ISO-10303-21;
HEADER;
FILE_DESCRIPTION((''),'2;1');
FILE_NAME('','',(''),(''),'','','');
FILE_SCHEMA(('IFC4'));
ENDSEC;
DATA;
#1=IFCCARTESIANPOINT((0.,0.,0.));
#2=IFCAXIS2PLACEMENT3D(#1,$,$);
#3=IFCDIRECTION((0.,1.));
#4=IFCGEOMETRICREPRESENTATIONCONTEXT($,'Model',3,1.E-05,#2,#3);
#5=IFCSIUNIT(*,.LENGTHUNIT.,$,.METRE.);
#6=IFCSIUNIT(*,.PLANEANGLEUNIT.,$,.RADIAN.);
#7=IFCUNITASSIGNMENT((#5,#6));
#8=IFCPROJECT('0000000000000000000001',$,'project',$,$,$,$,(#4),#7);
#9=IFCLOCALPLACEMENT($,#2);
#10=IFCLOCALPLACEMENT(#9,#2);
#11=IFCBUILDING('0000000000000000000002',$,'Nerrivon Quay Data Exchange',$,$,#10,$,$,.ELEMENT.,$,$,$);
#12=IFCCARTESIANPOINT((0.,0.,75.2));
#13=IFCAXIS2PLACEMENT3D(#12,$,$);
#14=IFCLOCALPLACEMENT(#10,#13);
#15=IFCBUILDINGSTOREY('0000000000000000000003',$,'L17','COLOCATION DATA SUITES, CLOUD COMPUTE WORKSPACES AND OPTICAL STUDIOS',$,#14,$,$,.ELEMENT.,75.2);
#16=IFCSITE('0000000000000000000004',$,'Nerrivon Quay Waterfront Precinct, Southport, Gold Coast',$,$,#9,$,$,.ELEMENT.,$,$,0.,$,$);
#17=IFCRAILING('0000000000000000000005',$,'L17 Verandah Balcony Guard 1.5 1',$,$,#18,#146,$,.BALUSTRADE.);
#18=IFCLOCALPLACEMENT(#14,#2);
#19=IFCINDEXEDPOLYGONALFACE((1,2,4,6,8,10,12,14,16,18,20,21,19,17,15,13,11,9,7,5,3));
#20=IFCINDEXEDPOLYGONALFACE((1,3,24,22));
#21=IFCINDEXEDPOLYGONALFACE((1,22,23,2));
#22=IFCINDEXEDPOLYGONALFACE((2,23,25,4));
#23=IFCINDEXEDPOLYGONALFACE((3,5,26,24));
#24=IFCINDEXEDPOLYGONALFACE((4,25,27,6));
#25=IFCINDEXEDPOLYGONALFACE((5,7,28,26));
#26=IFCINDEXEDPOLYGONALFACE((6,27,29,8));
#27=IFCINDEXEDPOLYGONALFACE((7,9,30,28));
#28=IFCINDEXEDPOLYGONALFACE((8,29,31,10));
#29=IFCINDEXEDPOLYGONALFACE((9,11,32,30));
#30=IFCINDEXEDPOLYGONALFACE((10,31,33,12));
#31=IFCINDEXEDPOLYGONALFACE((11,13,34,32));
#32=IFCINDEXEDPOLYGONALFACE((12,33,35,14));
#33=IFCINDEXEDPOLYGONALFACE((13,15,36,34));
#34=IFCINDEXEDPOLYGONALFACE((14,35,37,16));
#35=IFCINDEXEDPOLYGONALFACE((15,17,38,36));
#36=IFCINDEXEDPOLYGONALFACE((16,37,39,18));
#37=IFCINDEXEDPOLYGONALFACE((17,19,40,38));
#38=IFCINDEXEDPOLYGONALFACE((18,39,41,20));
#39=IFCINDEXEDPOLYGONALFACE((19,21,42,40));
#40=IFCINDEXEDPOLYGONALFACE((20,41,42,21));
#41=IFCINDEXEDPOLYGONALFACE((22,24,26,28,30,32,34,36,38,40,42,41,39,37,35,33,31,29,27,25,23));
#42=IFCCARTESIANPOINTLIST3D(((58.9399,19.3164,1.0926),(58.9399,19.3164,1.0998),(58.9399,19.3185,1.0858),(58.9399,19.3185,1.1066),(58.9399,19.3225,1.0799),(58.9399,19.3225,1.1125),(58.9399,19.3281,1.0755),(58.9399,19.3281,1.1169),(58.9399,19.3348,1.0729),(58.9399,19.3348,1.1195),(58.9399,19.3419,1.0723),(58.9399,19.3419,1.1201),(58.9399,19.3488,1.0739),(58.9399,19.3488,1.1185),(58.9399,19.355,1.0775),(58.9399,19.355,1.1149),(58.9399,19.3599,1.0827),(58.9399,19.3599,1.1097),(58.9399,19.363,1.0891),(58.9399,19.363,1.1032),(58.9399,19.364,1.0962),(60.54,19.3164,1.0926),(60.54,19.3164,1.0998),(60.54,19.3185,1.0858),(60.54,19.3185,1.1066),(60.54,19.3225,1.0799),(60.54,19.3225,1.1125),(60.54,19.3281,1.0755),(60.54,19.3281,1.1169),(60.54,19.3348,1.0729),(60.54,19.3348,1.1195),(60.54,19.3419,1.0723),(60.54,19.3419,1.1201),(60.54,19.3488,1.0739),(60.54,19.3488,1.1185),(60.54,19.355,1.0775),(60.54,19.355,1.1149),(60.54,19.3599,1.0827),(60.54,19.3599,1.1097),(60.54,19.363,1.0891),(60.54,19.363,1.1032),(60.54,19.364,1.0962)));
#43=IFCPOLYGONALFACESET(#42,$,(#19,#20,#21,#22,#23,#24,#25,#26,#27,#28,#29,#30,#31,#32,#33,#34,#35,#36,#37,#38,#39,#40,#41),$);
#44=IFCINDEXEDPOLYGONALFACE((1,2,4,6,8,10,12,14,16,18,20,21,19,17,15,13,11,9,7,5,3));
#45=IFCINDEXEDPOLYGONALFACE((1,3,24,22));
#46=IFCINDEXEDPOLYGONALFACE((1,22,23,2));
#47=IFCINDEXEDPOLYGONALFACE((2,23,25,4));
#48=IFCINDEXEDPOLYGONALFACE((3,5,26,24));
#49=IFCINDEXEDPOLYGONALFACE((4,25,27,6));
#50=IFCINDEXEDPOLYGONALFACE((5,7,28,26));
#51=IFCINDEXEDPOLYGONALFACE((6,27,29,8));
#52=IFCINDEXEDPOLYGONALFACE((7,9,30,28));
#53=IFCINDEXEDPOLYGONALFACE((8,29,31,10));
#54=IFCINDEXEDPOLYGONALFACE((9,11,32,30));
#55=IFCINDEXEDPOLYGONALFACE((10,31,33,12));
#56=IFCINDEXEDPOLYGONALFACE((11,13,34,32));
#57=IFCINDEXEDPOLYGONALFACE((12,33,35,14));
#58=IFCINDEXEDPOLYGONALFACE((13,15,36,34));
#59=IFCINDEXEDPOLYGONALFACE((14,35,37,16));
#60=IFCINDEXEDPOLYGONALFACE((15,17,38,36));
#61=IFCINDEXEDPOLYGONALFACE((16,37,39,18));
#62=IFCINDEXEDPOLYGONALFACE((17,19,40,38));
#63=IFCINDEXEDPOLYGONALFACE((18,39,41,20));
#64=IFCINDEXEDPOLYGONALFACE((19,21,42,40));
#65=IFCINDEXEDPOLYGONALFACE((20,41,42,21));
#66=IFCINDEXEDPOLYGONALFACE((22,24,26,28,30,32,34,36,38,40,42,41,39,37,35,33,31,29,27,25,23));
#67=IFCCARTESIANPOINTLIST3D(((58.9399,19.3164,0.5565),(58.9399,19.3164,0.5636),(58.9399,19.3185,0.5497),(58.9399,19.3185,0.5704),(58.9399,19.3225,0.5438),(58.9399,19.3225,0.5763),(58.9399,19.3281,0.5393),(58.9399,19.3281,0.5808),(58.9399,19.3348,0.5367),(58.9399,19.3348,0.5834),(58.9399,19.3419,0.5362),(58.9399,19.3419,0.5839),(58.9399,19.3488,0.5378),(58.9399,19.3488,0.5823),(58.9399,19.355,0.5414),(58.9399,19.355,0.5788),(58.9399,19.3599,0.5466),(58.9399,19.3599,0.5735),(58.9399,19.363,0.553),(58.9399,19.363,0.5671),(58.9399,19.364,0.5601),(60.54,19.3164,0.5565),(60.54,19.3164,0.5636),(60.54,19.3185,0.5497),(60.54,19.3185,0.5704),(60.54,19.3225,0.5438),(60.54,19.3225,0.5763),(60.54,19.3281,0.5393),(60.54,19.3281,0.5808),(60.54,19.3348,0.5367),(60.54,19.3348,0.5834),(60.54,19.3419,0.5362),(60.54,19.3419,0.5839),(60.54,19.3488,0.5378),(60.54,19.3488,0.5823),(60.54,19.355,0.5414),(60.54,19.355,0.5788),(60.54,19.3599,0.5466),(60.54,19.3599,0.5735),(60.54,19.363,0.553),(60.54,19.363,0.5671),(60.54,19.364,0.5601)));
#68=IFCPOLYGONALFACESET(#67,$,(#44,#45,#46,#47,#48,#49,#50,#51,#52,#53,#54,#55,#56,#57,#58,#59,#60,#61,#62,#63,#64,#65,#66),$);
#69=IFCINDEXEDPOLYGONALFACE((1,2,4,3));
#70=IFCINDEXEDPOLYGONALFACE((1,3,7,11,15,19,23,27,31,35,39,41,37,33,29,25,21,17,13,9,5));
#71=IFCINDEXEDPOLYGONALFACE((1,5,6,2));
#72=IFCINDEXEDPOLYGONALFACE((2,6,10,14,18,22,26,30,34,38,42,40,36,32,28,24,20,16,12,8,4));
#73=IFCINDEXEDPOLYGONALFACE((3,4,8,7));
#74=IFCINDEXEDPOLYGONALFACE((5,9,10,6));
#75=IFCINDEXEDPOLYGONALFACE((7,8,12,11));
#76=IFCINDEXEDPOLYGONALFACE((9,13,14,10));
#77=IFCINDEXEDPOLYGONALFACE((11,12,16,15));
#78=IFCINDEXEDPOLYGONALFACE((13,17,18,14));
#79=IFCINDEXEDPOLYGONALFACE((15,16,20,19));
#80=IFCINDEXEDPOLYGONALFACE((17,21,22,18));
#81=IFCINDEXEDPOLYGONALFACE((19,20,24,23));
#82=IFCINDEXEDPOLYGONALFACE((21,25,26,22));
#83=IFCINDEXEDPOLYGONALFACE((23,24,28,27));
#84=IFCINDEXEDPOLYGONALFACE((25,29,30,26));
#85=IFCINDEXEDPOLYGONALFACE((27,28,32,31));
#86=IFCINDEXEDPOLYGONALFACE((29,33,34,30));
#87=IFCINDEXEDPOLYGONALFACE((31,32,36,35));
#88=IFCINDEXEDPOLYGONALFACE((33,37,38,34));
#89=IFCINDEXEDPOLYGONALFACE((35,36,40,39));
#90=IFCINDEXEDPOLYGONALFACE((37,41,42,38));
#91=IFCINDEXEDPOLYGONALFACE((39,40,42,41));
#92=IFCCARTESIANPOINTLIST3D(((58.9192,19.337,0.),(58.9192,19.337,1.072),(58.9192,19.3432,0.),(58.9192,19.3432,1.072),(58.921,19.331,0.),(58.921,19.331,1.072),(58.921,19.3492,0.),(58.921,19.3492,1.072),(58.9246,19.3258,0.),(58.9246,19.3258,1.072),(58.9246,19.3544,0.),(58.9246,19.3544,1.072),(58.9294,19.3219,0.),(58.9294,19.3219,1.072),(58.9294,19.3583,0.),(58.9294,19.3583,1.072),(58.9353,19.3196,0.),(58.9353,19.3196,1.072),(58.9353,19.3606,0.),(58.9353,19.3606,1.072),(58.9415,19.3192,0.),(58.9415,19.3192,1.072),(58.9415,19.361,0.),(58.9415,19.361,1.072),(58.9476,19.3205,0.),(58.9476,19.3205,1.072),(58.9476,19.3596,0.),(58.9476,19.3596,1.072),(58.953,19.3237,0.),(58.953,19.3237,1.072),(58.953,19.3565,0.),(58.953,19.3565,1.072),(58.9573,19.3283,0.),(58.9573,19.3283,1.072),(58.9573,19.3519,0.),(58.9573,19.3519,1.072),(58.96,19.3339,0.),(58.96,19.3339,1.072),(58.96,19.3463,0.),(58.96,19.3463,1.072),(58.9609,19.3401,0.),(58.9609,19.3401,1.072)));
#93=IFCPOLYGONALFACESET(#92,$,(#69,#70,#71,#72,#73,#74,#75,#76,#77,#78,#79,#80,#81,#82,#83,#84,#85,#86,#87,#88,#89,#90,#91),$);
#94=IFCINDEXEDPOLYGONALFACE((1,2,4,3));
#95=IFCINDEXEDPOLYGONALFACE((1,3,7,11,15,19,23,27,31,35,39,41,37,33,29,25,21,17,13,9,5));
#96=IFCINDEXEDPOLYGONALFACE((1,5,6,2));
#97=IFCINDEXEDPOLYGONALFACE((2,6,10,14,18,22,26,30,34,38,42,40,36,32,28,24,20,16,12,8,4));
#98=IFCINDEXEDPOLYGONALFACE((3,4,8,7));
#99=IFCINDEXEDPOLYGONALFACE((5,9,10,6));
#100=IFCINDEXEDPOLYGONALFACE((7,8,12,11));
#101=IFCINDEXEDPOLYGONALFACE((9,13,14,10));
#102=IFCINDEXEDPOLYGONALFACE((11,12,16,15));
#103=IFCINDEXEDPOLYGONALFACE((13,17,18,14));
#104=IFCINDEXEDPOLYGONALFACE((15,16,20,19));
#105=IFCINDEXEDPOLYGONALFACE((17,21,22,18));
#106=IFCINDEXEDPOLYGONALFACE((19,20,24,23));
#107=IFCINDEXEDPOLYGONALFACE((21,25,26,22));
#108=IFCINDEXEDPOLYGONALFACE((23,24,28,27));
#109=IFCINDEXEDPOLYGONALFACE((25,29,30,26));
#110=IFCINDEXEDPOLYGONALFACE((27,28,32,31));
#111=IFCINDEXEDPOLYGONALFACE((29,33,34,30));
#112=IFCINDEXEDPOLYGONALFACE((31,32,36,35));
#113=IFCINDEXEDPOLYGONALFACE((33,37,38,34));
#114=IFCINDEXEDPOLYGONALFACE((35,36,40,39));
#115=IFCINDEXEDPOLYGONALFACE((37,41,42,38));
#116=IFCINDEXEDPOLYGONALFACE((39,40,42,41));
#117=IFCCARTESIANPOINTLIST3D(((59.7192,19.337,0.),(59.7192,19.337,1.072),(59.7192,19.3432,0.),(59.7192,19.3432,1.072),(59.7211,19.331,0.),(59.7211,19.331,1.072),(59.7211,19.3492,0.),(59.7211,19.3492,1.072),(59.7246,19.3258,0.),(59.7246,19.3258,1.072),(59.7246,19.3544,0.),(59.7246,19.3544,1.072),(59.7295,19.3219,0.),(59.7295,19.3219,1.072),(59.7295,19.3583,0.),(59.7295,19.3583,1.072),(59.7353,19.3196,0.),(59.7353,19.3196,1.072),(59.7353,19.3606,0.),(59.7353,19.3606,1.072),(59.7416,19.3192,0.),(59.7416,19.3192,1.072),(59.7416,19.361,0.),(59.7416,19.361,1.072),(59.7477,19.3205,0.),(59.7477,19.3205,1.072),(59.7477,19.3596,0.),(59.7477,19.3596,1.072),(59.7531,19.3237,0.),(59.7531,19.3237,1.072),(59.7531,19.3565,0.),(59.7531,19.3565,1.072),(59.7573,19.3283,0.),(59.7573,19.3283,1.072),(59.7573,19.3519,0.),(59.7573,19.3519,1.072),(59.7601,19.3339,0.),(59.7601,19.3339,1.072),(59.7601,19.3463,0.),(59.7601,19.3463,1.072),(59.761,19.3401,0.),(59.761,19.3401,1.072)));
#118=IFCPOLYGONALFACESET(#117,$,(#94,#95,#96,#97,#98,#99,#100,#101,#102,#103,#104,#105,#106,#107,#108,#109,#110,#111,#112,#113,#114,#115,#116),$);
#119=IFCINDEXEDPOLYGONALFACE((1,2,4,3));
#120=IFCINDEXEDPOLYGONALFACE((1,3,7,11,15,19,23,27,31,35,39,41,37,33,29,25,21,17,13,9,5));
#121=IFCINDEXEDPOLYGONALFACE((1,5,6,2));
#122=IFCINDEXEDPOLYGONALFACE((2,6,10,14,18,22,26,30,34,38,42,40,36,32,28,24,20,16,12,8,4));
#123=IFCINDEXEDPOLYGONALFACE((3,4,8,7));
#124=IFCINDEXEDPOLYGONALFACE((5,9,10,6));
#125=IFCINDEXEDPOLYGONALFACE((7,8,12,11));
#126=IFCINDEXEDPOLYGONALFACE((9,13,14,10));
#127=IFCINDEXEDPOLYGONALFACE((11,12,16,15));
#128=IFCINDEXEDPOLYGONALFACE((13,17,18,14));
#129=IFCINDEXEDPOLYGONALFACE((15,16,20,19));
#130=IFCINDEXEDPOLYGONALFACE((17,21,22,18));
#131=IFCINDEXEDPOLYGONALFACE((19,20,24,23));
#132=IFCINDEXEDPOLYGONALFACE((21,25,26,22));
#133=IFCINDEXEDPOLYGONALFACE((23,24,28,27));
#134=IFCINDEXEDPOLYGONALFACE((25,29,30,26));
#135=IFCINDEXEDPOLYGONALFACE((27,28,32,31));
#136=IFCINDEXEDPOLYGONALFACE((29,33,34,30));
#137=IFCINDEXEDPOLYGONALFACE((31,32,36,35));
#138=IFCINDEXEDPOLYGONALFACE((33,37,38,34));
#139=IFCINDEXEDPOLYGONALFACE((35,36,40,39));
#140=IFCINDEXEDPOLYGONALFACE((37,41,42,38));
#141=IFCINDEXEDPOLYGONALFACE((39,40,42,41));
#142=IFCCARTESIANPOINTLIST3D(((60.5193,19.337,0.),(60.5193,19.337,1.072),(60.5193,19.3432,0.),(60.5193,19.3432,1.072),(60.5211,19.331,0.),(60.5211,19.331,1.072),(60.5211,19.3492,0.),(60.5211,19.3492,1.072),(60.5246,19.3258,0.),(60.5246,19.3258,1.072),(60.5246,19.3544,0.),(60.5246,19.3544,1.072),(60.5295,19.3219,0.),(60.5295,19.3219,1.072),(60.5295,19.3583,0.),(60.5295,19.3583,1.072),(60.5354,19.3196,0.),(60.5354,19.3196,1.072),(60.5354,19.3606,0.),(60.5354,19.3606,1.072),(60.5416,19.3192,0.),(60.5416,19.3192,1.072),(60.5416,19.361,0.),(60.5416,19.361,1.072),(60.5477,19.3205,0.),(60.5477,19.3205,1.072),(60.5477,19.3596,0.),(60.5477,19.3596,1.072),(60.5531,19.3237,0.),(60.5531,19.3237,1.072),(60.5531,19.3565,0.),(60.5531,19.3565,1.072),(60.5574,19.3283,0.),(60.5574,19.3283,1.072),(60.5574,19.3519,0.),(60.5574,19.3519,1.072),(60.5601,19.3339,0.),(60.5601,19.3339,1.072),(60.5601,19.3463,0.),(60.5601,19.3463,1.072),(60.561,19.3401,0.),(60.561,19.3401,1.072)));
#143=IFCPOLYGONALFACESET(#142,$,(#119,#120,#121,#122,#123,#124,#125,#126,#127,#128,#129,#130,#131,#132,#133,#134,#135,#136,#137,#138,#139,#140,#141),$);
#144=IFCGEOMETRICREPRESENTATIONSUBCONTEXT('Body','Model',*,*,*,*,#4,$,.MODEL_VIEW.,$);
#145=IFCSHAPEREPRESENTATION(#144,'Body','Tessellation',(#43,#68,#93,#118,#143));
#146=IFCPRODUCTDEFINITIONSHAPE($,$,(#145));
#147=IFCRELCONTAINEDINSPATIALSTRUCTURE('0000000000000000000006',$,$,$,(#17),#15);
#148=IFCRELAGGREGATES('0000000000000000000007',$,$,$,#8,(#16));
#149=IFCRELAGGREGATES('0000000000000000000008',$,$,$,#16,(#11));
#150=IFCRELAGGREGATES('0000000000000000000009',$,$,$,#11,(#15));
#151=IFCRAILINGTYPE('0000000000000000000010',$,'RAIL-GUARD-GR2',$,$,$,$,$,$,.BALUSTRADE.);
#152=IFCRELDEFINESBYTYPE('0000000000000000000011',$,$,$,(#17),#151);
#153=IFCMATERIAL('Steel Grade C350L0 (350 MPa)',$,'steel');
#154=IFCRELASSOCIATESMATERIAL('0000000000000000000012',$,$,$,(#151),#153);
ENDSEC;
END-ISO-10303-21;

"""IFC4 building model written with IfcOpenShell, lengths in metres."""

from ifc_helpers import new_model, si_unit, direction, frame, origin, origin_2d, place, context, subcontext, project, spatial, circle, extrude, material, type_object, element, save


model = new_model("IFC4")

# Units and contexts
model_context = context("Model", 3, precision=1e-05, world=origin(), true_north=direction((0.0, 1.0)))
body_context = subcontext(model_context, "Body", "Model", "MODEL_VIEW")
ifc_project = project(units=[si_unit("LENGTHUNIT", "METRE"), si_unit("PLANEANGLEUNIT", "RADIAN")], contexts=[model_context])

# Site, building, storey
site_placement = place(None, origin())
site = spatial("IfcSite", under=ifc_project, at=site_placement, Name="Nerrivon Quay Waterfront Precinct, Southport, Gold Coast", CompositionType="ELEMENT", RefElevation=0.0)
building_placement = place(site_placement, origin())
building = spatial("IfcBuilding", under=site, at=building_placement, Name="Nerrivon Quay Data Exchange", CompositionType="ELEMENT")
storey_placement = place(building_placement, frame((0.0, 0.0, 75.2)))
storey = spatial("IfcBuildingStorey", under=building, at=storey_placement, Name="L17", Description="COLOCATION DATA SUITES, CLOUD COMPUTE WORKSPACES AND OPTICAL STUDIOS", CompositionType="ELEMENT", Elevation=75.2)

# Railing
ifc_material_1 = material(Name="Steel Grade C350L0 (350 MPa)", Category="steel")
railing_type = type_object("IfcRailingType", Name="RAIL-GUARD-GR2", PredefinedType="BALUSTRADE", material=ifc_material_1)
railing_1_placement = place(storey_placement, frame((58.9399, 19.3401, 0.0)))
element("IfcRailing", 1, at=railing_1_placement, inside=storey, type_object=railing_type, Name="L17 Verandah Balcony Guard 1.5 1", PredefinedType="BALUSTRADE", context=body_context, shape_type="SweptSolid", body=[
    extrude(circle(Radius=0.0239, at=origin_2d()), frame((0.0, 0.0, 1.0962), z_axis=(1.0, 0.0, 0.0), x_axis=(0.0, 1.0, 0.0)), (0.0, 0.0, 1.0), 1.6001),
    extrude(circle(Radius=0.0239, at=origin_2d()), frame((0.0, 0.0, 0.5601), z_axis=(1.0, 0.0, 0.0), x_axis=(0.0, 1.0, 0.0)), (0.0, 0.0, 1.0), 1.6001),
    extrude(circle(Radius=0.021, at=origin_2d()), origin(), (0.0, 0.0, 1.0), 1.072),
    extrude(circle(Radius=0.021, at=origin_2d()), frame((0.8, 0.0, 0.0)), (0.0, 0.0, 1.0), 1.072),
    extrude(circle(Radius=0.021, at=origin_2d()), frame((1.6001, 0.0, 0.0)), (0.0, 0.0, 1.0), 1.072),
])

save(model, "model.ifc")
